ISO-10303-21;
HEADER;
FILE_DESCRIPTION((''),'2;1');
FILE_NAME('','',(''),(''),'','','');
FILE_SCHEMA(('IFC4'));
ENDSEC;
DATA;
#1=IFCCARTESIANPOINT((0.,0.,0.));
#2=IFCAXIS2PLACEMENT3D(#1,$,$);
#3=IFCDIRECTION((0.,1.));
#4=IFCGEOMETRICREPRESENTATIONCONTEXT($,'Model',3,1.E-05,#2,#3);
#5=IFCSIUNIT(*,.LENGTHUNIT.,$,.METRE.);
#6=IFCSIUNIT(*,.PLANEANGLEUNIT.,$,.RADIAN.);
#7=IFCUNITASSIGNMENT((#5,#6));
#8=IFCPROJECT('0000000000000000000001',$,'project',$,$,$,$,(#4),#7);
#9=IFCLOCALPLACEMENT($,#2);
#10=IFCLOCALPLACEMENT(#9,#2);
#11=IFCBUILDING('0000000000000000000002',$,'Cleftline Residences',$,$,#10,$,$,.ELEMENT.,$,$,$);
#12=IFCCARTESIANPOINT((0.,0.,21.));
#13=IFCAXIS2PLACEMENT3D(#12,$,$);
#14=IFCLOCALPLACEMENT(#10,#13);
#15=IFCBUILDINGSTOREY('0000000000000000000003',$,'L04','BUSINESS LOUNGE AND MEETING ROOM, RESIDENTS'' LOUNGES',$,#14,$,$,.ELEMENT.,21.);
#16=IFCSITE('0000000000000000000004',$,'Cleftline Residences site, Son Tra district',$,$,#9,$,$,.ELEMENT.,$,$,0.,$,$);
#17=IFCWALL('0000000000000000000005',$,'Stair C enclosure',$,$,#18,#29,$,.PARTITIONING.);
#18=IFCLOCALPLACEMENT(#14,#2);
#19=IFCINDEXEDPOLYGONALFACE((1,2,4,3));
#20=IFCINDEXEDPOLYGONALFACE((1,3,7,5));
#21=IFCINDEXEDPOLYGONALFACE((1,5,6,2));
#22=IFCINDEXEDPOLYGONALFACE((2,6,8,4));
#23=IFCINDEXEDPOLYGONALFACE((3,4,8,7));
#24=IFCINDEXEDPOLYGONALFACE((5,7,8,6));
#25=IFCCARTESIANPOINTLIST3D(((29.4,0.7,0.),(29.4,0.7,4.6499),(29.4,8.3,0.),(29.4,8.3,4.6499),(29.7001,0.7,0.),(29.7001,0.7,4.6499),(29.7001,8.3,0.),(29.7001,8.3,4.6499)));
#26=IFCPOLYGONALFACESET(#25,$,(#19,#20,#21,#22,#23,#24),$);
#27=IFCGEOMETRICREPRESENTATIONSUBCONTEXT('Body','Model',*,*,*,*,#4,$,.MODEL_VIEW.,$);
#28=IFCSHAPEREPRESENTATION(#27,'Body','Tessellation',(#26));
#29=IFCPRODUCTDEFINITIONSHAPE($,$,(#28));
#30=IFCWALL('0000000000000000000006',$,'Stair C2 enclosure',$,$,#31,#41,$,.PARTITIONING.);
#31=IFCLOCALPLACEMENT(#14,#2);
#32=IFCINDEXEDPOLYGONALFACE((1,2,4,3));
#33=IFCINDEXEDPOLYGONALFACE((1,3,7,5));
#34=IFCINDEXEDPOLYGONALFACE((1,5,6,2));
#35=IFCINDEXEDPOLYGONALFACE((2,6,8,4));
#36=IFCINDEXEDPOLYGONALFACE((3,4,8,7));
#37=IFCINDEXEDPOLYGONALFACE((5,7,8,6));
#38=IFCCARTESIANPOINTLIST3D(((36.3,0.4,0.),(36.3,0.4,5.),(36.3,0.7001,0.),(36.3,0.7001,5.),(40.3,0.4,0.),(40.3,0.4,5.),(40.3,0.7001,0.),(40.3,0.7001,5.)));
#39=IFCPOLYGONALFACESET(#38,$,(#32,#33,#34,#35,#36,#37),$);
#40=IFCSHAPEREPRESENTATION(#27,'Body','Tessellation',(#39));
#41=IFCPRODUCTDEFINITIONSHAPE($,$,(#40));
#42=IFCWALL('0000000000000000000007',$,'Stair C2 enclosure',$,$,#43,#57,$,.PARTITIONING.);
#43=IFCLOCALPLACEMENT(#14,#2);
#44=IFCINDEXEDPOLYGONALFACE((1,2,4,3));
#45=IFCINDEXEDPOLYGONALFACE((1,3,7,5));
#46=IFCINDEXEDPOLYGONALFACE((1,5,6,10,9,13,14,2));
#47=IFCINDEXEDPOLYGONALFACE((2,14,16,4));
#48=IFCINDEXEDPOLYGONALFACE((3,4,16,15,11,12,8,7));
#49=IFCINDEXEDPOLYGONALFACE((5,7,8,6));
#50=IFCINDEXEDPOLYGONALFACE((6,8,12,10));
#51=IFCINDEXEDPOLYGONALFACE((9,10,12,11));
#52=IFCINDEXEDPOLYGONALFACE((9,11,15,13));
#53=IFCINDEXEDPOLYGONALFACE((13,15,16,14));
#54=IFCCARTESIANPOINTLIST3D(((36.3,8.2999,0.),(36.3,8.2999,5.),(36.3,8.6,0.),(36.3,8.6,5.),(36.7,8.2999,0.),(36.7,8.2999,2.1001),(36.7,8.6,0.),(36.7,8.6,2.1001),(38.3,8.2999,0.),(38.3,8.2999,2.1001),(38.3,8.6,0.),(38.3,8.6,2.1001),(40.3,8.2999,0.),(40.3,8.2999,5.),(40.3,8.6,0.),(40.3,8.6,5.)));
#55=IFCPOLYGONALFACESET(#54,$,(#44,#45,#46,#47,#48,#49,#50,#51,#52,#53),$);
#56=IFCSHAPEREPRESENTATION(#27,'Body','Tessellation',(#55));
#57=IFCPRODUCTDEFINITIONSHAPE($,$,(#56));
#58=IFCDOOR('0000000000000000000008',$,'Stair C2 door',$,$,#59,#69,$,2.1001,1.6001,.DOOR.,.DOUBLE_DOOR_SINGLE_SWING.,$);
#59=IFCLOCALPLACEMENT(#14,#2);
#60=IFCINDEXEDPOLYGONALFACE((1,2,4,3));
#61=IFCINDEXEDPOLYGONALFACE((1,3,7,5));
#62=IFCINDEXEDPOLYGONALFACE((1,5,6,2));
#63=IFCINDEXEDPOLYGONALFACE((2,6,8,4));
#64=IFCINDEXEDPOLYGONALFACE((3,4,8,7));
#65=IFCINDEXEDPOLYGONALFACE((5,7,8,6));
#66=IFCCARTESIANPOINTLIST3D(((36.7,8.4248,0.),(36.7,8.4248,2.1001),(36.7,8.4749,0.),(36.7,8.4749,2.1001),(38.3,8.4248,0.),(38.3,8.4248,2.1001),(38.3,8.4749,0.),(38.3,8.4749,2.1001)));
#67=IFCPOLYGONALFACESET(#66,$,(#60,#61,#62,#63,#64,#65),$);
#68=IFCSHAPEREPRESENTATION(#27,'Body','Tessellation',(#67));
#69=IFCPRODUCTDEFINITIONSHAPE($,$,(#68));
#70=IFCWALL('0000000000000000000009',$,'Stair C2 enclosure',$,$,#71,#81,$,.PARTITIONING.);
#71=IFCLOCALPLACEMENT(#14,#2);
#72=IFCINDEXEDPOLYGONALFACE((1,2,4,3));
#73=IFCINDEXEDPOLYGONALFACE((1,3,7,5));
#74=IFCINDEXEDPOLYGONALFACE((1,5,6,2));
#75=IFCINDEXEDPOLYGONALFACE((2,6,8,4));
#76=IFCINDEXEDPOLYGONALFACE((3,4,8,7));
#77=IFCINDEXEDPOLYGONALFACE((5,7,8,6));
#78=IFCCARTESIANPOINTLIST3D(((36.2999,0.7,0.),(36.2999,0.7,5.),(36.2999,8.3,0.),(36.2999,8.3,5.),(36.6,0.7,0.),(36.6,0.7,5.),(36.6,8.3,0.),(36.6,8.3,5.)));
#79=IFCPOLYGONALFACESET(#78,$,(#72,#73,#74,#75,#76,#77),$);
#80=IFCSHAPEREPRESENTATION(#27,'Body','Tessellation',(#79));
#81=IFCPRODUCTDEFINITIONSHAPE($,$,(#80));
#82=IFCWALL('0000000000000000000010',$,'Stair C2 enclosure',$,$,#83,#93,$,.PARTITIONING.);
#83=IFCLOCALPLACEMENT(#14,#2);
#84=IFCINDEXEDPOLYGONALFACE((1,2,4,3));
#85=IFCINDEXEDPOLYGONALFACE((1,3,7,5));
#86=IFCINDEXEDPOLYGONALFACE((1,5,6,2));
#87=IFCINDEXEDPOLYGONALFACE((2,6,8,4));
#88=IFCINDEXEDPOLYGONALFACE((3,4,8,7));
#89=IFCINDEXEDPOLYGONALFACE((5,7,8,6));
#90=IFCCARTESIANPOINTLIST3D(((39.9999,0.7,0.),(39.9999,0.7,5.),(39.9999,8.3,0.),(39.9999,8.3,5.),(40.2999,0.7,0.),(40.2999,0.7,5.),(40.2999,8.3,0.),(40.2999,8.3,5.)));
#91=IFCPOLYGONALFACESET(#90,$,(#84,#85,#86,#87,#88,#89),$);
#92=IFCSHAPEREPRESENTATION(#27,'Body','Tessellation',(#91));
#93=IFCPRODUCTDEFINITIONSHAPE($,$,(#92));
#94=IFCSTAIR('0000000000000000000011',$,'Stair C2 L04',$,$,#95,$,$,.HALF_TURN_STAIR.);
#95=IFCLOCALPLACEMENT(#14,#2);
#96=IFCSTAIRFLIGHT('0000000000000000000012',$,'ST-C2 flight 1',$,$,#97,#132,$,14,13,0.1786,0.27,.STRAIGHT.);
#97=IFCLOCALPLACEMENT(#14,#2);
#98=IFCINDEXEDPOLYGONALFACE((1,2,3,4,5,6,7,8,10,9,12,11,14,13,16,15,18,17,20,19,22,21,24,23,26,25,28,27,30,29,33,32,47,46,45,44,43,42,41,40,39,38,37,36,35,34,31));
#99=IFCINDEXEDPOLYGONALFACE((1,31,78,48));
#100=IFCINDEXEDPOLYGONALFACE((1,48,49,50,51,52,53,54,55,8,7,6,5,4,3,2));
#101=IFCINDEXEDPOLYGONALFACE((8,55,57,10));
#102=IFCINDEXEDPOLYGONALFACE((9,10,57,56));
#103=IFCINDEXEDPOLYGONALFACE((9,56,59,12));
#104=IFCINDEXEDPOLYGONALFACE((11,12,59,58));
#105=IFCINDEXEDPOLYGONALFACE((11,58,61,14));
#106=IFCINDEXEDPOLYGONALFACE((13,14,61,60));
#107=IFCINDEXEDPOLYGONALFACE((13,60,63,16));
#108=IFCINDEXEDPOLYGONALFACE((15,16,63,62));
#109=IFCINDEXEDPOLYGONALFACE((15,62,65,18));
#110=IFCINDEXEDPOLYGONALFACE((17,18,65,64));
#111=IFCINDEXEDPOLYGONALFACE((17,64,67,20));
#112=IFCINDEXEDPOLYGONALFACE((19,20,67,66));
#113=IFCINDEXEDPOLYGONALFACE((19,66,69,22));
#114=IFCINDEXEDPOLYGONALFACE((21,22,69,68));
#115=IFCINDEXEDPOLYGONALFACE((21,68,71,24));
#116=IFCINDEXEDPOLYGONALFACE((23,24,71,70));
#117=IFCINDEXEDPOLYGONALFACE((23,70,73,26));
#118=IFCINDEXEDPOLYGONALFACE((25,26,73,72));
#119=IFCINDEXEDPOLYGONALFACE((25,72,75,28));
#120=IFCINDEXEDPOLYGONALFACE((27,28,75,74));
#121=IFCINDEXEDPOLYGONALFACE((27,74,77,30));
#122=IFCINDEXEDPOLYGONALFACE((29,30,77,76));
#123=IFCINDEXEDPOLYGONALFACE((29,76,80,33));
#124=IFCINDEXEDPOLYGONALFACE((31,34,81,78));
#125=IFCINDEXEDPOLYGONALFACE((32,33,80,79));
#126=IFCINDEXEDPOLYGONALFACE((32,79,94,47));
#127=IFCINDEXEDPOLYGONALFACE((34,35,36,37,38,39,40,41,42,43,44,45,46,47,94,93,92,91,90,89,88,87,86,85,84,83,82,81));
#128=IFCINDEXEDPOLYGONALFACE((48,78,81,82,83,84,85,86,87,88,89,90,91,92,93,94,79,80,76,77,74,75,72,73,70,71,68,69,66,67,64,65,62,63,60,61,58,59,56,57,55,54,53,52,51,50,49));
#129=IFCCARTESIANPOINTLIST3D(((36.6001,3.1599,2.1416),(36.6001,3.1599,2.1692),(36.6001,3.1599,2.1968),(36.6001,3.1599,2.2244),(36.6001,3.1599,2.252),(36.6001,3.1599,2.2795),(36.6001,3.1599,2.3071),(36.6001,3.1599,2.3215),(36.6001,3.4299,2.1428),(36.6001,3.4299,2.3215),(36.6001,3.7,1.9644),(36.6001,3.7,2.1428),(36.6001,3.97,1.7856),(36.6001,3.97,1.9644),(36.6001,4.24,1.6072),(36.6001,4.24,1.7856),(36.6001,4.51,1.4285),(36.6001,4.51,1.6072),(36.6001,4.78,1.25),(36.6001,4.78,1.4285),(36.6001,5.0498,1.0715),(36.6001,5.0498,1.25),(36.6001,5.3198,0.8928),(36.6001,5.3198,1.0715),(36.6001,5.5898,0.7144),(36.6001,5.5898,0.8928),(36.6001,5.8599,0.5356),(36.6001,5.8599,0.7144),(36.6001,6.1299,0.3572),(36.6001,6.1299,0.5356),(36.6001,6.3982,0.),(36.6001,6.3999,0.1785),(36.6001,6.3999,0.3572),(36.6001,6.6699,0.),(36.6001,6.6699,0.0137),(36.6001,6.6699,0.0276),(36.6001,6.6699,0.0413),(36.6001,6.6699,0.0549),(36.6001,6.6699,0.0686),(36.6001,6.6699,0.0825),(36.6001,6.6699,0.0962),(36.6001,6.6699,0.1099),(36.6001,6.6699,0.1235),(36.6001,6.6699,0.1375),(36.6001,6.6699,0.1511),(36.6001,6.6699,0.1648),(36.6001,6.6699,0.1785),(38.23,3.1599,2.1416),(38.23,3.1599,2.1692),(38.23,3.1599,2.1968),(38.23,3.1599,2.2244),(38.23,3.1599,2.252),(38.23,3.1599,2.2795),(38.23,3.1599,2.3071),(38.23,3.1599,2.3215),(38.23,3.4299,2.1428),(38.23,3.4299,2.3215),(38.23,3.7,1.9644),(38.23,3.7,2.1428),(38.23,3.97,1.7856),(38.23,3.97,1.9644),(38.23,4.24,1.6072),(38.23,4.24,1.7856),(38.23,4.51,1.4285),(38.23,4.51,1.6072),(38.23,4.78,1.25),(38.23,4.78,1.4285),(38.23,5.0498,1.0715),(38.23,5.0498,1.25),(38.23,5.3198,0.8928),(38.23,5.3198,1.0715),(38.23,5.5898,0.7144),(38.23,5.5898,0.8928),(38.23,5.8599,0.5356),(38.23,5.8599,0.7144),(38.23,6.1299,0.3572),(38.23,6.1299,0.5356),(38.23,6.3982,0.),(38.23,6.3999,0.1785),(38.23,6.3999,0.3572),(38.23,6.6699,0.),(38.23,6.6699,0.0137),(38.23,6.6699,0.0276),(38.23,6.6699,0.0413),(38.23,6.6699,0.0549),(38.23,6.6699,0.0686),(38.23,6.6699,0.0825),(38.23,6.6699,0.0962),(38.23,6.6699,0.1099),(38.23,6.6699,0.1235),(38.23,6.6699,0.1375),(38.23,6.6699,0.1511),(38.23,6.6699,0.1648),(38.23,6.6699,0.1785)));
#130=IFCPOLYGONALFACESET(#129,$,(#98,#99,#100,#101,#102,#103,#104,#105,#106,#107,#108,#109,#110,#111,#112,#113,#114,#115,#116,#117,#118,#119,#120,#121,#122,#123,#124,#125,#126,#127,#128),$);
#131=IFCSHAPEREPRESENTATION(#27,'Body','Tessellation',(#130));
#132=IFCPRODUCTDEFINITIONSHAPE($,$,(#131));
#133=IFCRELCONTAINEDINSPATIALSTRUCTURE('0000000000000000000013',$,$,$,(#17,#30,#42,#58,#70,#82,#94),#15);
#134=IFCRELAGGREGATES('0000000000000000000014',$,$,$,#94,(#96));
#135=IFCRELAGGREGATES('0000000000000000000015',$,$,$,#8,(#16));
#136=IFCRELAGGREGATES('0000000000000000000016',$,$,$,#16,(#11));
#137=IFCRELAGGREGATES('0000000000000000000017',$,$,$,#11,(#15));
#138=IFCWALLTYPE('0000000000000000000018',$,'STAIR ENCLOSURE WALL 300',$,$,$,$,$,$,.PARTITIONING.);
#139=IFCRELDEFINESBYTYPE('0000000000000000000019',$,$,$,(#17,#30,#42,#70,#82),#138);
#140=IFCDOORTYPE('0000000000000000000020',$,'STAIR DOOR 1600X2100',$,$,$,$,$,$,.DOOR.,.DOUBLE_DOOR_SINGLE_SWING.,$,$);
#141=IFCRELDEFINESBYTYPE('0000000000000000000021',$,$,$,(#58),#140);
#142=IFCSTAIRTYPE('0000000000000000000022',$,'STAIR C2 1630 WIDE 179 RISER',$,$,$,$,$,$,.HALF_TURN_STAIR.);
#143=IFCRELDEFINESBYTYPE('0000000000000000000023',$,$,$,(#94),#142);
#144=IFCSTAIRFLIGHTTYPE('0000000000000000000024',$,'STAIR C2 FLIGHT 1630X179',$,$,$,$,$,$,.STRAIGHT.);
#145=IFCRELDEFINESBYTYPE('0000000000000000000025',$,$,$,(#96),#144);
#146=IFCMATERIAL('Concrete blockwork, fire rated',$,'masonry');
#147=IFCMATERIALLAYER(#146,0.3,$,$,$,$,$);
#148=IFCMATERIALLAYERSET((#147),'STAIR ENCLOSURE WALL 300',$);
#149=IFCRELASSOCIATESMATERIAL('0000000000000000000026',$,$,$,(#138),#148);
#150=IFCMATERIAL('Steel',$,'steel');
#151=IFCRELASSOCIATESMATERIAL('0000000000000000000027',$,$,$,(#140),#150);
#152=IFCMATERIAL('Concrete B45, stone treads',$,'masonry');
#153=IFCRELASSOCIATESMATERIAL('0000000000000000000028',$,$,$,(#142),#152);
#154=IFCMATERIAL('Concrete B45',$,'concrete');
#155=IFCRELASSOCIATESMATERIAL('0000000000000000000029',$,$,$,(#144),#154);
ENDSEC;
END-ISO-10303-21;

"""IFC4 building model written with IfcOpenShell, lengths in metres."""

from ifc_helpers import new_model, si_unit, direction, frame, frame_2d, origin, place, context, subcontext, project, spatial, polyline, rectangle, outline, extrude, material, layer, layer_set, type_object, element, fill, aggregate, save


model = new_model("IFC4")

# Units and contexts
model_context = context("Model", 3, precision=1e-05, world=origin(), true_north=direction((0.0, 1.0)))
body_context = subcontext(model_context, "Body", "Model", "MODEL_VIEW")
ifc_project = project(units=[si_unit("LENGTHUNIT", "METRE"), si_unit("PLANEANGLEUNIT", "RADIAN")], contexts=[model_context])

# Site, building, storey
site_placement = place(None, origin())
site = spatial("IfcSite", under=ifc_project, at=site_placement, Name="Cleftline Residences site, Son Tra district", CompositionType="ELEMENT", RefElevation=0.0)
building_placement = place(site_placement, origin())
building = spatial("IfcBuilding", under=site, at=building_placement, Name="Cleftline Residences", CompositionType="ELEMENT")
storey_placement = place(building_placement, frame((0.0, 0.0, 21.0)))
storey = spatial("IfcBuildingStorey", under=building, at=storey_placement, Name="L04", Description="BUSINESS LOUNGE AND MEETING ROOM, RESIDENTS' LOUNGES", CompositionType="ELEMENT", Elevation=21.0)

# Walls
ifc_material_1 = material(Name="Concrete blockwork, fire rated", Category="masonry")
ifc_layer_1 = layer(ifc_material_1, 0.3)
ifc_layer_set_1 = layer_set([ifc_layer_1], Name="STAIR ENCLOSURE WALL 300")
wall_type_1 = type_object("IfcWallType", Name="STAIR ENCLOSURE WALL 300", PredefinedType="PARTITIONING", material=ifc_layer_set_1)
wall_1_placement = place(storey_placement, frame((29.55, 0.7, 0.0), z_axis=(0.0, 0.0, 1.0), x_axis=(0.0, 1.0, 0.0)))
element("IfcWall", 1, at=wall_1_placement, inside=storey, type_object=wall_type_1, Name="Stair C enclosure", PredefinedType="PARTITIONING", context=body_context, shape_type="SweptSolid", body=[
    extrude(rectangle(XDim=7.6001, YDim=0.3, at=frame_2d((3.8, 0.0))), origin(), (0.0, 0.0, 1.0), 4.6499),
])
wall_2_placement = place(storey_placement, frame((36.3, 0.55, 0.0), z_axis=(0.0, 0.0, 1.0), x_axis=(1.0, 0.0, 0.0)))
element("IfcWall", 2, at=wall_2_placement, inside=storey, type_object=wall_type_1, Name="Stair C2 enclosure", PredefinedType="PARTITIONING", context=body_context, shape_type="SweptSolid", body=[
    extrude(rectangle(XDim=4.0, YDim=0.3, at=frame_2d((2.0, 0.0))), origin(), (0.0, 0.0, 1.0), 5.0),
])

# Wall, opening, door
wall_3_placement = place(storey_placement, frame((36.3, 8.45, 0.0), z_axis=(0.0, 0.0, 1.0), x_axis=(1.0, 0.0, 0.0)))
wall_3 = element("IfcWall", 3, at=wall_3_placement, inside=storey, type_object=wall_type_1, Name="Stair C2 enclosure", PredefinedType="PARTITIONING", context=body_context, shape_type="SweptSolid", body=[
    extrude(rectangle(XDim=4.0, YDim=0.3, at=frame_2d((2.0, 0.0))), origin(), (0.0, 0.0, 1.0), 5.0),
])
opening_1_placement = place(wall_3_placement, frame((0.3999, 0.0, 0.0)))
opening_1 = element("IfcOpeningElement", 4, at=opening_1_placement, cuts=wall_3, PredefinedType="OPENING", context=body_context, shape_type="SweptSolid", body=[
    extrude(rectangle(XDim=1.6001, YDim=2.1001, at=frame_2d((0.8, 1.05))), frame((0.0, 0.1599, 0.0), z_axis=(0.0, -1.0, 0.0), x_axis=(1.0, 0.0, 0.0)), (0.0, 0.0, 1.0), 0.3201),
])
ifc_material_2 = material(Name="Steel", Category="steel")
door_type = type_object("IfcDoorType", Name="STAIR DOOR 1600X2100", OperationType="DOUBLE_DOOR_SINGLE_SWING", PredefinedType="DOOR", material=ifc_material_2)
door_placement = place(opening_1_placement, origin())
door = element("IfcDoor", 5, at=door_placement, inside=storey, type_object=door_type, Name="Stair C2 door", OperationType="DOUBLE_DOOR_SINGLE_SWING", OverallHeight=2.1001, OverallWidth=1.6001, PredefinedType="DOOR", context=body_context, shape_type="SweptSolid", body=[
    extrude(rectangle(XDim=1.6001, YDim=2.1001, at=frame_2d((0.8, 1.05))), frame((0.0, 0.0249, 0.0), z_axis=(0.0, -1.0, 0.0), x_axis=(1.0, 0.0, 0.0)), (0.0, 0.0, 1.0), 0.05),
])
fill(opening_1, door)

# Walls
for number, where, z_axis, x_axis, name in (
    (6, (36.45, 0.7, 0.0), (0.0, 0.0, 1.0), (0.0, 1.0, 0.0), "Stair C2 enclosure"),
    (7, (40.1499, 0.7, 0.0), (0.0, 0.0, 1.0), (0.0, 1.0, 0.0), "Stair C2 enclosure"),
):
    element("IfcWall", number, at=place(storey_placement, frame(where, z_axis=z_axis, x_axis=x_axis)), inside=storey, type_object=wall_type_1, Name=name, PredefinedType="PARTITIONING", context=body_context, shape_type="SweptSolid", body=[
        extrude(rectangle(XDim=7.6001, YDim=0.3, at=frame_2d((3.8, 0.0))), origin(), (0.0, 0.0, 1.0), 5.0),
    ])

# Stair, stair flight
ifc_material_3 = material(Name="Concrete B45, stone treads", Category="masonry")
stair_type = type_object("IfcStairType", Name="STAIR C2 1630 WIDE 179 RISER", PredefinedType="HALF_TURN_STAIR", material=ifc_material_3)
stair_placement = place(storey_placement, origin())
stair = element("IfcStair", 8, at=stair_placement, inside=storey, type_object=stair_type, Name="Stair C2 L04", PredefinedType="HALF_TURN_STAIR")
ifc_material_4 = material(Name="Concrete B45", Category="concrete")
stair_flight_type = type_object("IfcStairFlightType", Name="STAIR C2 FLIGHT 1630X179", PredefinedType="STRAIGHT", material=ifc_material_4)
stair_flight_1_placement = place(storey_placement, frame((37.415, 6.6699, 0.0), z_axis=(0.0, 0.0, 1.0), x_axis=(0.0, -1.0, 0.0)))
stair_flight_1 = element("IfcStairFlight", 9, at=stair_flight_1_placement, type_object=stair_flight_type, Name="ST-C2 flight 1", NumberOfRisers=14, NumberOfTreads=13, PredefinedType="STRAIGHT", RiserHeight=0.1786, TreadLength=0.27, context=body_context, shape_type="SweptSolid", body=[
    extrude(outline(polyline([(0.0, 0.0), (0.0, 0.0137), (0.0, 0.0276), (0.0, 0.0413), (0.0, 0.0549), (0.0, 0.0686), (0.0, 0.0825), (0.0, 0.0962), (0.0, 0.1099), (0.0, 0.1235), (0.0, 0.1375), (0.0, 0.1511), (0.0, 0.1648), (0.0, 0.1785), (0.27, 0.1785), (0.27, 0.3572), (0.54, 0.3572), (0.54, 0.5356), (0.8101, 0.5356), (0.8101, 0.7144), (1.0801, 0.7144), (1.0801, 0.8928), (1.3501, 0.8928), (1.3501, 1.0715), (1.6201, 1.0715), (1.6201, 1.25), (1.8899, 1.25), (1.8899, 1.4285), (2.1599, 1.4285), (2.1599, 1.6072), (2.4299, 1.6072), (2.4299, 1.7856), (2.7, 1.7856), (2.7, 1.9644), (2.97, 1.9644), (2.97, 2.1428), (3.24, 2.1428), (3.24, 2.3215), (3.51, 2.3215), (3.51, 2.5), (3.51, 2.4724), (3.51, 2.4448), (3.51, 2.4172), (3.51, 2.3896), (3.51, 2.3623), (3.51, 2.3347), (3.51, 2.3071), (3.51, 2.2795), (3.51, 2.252), (3.51, 2.2244), (3.51, 2.1968), (3.51, 2.1692), (3.51, 2.1416), (0.2717, 0.0), (0.0, 0.0)])), frame((0.0, 0.8149, 0.0), z_axis=(0.0, -1.0, 0.0), x_axis=(1.0, 0.0, 0.0)), (0.0, 0.0, 1.0), 1.6299),
])
aggregate(stair, [stair_flight_1])

save(model, "model.ifc")
